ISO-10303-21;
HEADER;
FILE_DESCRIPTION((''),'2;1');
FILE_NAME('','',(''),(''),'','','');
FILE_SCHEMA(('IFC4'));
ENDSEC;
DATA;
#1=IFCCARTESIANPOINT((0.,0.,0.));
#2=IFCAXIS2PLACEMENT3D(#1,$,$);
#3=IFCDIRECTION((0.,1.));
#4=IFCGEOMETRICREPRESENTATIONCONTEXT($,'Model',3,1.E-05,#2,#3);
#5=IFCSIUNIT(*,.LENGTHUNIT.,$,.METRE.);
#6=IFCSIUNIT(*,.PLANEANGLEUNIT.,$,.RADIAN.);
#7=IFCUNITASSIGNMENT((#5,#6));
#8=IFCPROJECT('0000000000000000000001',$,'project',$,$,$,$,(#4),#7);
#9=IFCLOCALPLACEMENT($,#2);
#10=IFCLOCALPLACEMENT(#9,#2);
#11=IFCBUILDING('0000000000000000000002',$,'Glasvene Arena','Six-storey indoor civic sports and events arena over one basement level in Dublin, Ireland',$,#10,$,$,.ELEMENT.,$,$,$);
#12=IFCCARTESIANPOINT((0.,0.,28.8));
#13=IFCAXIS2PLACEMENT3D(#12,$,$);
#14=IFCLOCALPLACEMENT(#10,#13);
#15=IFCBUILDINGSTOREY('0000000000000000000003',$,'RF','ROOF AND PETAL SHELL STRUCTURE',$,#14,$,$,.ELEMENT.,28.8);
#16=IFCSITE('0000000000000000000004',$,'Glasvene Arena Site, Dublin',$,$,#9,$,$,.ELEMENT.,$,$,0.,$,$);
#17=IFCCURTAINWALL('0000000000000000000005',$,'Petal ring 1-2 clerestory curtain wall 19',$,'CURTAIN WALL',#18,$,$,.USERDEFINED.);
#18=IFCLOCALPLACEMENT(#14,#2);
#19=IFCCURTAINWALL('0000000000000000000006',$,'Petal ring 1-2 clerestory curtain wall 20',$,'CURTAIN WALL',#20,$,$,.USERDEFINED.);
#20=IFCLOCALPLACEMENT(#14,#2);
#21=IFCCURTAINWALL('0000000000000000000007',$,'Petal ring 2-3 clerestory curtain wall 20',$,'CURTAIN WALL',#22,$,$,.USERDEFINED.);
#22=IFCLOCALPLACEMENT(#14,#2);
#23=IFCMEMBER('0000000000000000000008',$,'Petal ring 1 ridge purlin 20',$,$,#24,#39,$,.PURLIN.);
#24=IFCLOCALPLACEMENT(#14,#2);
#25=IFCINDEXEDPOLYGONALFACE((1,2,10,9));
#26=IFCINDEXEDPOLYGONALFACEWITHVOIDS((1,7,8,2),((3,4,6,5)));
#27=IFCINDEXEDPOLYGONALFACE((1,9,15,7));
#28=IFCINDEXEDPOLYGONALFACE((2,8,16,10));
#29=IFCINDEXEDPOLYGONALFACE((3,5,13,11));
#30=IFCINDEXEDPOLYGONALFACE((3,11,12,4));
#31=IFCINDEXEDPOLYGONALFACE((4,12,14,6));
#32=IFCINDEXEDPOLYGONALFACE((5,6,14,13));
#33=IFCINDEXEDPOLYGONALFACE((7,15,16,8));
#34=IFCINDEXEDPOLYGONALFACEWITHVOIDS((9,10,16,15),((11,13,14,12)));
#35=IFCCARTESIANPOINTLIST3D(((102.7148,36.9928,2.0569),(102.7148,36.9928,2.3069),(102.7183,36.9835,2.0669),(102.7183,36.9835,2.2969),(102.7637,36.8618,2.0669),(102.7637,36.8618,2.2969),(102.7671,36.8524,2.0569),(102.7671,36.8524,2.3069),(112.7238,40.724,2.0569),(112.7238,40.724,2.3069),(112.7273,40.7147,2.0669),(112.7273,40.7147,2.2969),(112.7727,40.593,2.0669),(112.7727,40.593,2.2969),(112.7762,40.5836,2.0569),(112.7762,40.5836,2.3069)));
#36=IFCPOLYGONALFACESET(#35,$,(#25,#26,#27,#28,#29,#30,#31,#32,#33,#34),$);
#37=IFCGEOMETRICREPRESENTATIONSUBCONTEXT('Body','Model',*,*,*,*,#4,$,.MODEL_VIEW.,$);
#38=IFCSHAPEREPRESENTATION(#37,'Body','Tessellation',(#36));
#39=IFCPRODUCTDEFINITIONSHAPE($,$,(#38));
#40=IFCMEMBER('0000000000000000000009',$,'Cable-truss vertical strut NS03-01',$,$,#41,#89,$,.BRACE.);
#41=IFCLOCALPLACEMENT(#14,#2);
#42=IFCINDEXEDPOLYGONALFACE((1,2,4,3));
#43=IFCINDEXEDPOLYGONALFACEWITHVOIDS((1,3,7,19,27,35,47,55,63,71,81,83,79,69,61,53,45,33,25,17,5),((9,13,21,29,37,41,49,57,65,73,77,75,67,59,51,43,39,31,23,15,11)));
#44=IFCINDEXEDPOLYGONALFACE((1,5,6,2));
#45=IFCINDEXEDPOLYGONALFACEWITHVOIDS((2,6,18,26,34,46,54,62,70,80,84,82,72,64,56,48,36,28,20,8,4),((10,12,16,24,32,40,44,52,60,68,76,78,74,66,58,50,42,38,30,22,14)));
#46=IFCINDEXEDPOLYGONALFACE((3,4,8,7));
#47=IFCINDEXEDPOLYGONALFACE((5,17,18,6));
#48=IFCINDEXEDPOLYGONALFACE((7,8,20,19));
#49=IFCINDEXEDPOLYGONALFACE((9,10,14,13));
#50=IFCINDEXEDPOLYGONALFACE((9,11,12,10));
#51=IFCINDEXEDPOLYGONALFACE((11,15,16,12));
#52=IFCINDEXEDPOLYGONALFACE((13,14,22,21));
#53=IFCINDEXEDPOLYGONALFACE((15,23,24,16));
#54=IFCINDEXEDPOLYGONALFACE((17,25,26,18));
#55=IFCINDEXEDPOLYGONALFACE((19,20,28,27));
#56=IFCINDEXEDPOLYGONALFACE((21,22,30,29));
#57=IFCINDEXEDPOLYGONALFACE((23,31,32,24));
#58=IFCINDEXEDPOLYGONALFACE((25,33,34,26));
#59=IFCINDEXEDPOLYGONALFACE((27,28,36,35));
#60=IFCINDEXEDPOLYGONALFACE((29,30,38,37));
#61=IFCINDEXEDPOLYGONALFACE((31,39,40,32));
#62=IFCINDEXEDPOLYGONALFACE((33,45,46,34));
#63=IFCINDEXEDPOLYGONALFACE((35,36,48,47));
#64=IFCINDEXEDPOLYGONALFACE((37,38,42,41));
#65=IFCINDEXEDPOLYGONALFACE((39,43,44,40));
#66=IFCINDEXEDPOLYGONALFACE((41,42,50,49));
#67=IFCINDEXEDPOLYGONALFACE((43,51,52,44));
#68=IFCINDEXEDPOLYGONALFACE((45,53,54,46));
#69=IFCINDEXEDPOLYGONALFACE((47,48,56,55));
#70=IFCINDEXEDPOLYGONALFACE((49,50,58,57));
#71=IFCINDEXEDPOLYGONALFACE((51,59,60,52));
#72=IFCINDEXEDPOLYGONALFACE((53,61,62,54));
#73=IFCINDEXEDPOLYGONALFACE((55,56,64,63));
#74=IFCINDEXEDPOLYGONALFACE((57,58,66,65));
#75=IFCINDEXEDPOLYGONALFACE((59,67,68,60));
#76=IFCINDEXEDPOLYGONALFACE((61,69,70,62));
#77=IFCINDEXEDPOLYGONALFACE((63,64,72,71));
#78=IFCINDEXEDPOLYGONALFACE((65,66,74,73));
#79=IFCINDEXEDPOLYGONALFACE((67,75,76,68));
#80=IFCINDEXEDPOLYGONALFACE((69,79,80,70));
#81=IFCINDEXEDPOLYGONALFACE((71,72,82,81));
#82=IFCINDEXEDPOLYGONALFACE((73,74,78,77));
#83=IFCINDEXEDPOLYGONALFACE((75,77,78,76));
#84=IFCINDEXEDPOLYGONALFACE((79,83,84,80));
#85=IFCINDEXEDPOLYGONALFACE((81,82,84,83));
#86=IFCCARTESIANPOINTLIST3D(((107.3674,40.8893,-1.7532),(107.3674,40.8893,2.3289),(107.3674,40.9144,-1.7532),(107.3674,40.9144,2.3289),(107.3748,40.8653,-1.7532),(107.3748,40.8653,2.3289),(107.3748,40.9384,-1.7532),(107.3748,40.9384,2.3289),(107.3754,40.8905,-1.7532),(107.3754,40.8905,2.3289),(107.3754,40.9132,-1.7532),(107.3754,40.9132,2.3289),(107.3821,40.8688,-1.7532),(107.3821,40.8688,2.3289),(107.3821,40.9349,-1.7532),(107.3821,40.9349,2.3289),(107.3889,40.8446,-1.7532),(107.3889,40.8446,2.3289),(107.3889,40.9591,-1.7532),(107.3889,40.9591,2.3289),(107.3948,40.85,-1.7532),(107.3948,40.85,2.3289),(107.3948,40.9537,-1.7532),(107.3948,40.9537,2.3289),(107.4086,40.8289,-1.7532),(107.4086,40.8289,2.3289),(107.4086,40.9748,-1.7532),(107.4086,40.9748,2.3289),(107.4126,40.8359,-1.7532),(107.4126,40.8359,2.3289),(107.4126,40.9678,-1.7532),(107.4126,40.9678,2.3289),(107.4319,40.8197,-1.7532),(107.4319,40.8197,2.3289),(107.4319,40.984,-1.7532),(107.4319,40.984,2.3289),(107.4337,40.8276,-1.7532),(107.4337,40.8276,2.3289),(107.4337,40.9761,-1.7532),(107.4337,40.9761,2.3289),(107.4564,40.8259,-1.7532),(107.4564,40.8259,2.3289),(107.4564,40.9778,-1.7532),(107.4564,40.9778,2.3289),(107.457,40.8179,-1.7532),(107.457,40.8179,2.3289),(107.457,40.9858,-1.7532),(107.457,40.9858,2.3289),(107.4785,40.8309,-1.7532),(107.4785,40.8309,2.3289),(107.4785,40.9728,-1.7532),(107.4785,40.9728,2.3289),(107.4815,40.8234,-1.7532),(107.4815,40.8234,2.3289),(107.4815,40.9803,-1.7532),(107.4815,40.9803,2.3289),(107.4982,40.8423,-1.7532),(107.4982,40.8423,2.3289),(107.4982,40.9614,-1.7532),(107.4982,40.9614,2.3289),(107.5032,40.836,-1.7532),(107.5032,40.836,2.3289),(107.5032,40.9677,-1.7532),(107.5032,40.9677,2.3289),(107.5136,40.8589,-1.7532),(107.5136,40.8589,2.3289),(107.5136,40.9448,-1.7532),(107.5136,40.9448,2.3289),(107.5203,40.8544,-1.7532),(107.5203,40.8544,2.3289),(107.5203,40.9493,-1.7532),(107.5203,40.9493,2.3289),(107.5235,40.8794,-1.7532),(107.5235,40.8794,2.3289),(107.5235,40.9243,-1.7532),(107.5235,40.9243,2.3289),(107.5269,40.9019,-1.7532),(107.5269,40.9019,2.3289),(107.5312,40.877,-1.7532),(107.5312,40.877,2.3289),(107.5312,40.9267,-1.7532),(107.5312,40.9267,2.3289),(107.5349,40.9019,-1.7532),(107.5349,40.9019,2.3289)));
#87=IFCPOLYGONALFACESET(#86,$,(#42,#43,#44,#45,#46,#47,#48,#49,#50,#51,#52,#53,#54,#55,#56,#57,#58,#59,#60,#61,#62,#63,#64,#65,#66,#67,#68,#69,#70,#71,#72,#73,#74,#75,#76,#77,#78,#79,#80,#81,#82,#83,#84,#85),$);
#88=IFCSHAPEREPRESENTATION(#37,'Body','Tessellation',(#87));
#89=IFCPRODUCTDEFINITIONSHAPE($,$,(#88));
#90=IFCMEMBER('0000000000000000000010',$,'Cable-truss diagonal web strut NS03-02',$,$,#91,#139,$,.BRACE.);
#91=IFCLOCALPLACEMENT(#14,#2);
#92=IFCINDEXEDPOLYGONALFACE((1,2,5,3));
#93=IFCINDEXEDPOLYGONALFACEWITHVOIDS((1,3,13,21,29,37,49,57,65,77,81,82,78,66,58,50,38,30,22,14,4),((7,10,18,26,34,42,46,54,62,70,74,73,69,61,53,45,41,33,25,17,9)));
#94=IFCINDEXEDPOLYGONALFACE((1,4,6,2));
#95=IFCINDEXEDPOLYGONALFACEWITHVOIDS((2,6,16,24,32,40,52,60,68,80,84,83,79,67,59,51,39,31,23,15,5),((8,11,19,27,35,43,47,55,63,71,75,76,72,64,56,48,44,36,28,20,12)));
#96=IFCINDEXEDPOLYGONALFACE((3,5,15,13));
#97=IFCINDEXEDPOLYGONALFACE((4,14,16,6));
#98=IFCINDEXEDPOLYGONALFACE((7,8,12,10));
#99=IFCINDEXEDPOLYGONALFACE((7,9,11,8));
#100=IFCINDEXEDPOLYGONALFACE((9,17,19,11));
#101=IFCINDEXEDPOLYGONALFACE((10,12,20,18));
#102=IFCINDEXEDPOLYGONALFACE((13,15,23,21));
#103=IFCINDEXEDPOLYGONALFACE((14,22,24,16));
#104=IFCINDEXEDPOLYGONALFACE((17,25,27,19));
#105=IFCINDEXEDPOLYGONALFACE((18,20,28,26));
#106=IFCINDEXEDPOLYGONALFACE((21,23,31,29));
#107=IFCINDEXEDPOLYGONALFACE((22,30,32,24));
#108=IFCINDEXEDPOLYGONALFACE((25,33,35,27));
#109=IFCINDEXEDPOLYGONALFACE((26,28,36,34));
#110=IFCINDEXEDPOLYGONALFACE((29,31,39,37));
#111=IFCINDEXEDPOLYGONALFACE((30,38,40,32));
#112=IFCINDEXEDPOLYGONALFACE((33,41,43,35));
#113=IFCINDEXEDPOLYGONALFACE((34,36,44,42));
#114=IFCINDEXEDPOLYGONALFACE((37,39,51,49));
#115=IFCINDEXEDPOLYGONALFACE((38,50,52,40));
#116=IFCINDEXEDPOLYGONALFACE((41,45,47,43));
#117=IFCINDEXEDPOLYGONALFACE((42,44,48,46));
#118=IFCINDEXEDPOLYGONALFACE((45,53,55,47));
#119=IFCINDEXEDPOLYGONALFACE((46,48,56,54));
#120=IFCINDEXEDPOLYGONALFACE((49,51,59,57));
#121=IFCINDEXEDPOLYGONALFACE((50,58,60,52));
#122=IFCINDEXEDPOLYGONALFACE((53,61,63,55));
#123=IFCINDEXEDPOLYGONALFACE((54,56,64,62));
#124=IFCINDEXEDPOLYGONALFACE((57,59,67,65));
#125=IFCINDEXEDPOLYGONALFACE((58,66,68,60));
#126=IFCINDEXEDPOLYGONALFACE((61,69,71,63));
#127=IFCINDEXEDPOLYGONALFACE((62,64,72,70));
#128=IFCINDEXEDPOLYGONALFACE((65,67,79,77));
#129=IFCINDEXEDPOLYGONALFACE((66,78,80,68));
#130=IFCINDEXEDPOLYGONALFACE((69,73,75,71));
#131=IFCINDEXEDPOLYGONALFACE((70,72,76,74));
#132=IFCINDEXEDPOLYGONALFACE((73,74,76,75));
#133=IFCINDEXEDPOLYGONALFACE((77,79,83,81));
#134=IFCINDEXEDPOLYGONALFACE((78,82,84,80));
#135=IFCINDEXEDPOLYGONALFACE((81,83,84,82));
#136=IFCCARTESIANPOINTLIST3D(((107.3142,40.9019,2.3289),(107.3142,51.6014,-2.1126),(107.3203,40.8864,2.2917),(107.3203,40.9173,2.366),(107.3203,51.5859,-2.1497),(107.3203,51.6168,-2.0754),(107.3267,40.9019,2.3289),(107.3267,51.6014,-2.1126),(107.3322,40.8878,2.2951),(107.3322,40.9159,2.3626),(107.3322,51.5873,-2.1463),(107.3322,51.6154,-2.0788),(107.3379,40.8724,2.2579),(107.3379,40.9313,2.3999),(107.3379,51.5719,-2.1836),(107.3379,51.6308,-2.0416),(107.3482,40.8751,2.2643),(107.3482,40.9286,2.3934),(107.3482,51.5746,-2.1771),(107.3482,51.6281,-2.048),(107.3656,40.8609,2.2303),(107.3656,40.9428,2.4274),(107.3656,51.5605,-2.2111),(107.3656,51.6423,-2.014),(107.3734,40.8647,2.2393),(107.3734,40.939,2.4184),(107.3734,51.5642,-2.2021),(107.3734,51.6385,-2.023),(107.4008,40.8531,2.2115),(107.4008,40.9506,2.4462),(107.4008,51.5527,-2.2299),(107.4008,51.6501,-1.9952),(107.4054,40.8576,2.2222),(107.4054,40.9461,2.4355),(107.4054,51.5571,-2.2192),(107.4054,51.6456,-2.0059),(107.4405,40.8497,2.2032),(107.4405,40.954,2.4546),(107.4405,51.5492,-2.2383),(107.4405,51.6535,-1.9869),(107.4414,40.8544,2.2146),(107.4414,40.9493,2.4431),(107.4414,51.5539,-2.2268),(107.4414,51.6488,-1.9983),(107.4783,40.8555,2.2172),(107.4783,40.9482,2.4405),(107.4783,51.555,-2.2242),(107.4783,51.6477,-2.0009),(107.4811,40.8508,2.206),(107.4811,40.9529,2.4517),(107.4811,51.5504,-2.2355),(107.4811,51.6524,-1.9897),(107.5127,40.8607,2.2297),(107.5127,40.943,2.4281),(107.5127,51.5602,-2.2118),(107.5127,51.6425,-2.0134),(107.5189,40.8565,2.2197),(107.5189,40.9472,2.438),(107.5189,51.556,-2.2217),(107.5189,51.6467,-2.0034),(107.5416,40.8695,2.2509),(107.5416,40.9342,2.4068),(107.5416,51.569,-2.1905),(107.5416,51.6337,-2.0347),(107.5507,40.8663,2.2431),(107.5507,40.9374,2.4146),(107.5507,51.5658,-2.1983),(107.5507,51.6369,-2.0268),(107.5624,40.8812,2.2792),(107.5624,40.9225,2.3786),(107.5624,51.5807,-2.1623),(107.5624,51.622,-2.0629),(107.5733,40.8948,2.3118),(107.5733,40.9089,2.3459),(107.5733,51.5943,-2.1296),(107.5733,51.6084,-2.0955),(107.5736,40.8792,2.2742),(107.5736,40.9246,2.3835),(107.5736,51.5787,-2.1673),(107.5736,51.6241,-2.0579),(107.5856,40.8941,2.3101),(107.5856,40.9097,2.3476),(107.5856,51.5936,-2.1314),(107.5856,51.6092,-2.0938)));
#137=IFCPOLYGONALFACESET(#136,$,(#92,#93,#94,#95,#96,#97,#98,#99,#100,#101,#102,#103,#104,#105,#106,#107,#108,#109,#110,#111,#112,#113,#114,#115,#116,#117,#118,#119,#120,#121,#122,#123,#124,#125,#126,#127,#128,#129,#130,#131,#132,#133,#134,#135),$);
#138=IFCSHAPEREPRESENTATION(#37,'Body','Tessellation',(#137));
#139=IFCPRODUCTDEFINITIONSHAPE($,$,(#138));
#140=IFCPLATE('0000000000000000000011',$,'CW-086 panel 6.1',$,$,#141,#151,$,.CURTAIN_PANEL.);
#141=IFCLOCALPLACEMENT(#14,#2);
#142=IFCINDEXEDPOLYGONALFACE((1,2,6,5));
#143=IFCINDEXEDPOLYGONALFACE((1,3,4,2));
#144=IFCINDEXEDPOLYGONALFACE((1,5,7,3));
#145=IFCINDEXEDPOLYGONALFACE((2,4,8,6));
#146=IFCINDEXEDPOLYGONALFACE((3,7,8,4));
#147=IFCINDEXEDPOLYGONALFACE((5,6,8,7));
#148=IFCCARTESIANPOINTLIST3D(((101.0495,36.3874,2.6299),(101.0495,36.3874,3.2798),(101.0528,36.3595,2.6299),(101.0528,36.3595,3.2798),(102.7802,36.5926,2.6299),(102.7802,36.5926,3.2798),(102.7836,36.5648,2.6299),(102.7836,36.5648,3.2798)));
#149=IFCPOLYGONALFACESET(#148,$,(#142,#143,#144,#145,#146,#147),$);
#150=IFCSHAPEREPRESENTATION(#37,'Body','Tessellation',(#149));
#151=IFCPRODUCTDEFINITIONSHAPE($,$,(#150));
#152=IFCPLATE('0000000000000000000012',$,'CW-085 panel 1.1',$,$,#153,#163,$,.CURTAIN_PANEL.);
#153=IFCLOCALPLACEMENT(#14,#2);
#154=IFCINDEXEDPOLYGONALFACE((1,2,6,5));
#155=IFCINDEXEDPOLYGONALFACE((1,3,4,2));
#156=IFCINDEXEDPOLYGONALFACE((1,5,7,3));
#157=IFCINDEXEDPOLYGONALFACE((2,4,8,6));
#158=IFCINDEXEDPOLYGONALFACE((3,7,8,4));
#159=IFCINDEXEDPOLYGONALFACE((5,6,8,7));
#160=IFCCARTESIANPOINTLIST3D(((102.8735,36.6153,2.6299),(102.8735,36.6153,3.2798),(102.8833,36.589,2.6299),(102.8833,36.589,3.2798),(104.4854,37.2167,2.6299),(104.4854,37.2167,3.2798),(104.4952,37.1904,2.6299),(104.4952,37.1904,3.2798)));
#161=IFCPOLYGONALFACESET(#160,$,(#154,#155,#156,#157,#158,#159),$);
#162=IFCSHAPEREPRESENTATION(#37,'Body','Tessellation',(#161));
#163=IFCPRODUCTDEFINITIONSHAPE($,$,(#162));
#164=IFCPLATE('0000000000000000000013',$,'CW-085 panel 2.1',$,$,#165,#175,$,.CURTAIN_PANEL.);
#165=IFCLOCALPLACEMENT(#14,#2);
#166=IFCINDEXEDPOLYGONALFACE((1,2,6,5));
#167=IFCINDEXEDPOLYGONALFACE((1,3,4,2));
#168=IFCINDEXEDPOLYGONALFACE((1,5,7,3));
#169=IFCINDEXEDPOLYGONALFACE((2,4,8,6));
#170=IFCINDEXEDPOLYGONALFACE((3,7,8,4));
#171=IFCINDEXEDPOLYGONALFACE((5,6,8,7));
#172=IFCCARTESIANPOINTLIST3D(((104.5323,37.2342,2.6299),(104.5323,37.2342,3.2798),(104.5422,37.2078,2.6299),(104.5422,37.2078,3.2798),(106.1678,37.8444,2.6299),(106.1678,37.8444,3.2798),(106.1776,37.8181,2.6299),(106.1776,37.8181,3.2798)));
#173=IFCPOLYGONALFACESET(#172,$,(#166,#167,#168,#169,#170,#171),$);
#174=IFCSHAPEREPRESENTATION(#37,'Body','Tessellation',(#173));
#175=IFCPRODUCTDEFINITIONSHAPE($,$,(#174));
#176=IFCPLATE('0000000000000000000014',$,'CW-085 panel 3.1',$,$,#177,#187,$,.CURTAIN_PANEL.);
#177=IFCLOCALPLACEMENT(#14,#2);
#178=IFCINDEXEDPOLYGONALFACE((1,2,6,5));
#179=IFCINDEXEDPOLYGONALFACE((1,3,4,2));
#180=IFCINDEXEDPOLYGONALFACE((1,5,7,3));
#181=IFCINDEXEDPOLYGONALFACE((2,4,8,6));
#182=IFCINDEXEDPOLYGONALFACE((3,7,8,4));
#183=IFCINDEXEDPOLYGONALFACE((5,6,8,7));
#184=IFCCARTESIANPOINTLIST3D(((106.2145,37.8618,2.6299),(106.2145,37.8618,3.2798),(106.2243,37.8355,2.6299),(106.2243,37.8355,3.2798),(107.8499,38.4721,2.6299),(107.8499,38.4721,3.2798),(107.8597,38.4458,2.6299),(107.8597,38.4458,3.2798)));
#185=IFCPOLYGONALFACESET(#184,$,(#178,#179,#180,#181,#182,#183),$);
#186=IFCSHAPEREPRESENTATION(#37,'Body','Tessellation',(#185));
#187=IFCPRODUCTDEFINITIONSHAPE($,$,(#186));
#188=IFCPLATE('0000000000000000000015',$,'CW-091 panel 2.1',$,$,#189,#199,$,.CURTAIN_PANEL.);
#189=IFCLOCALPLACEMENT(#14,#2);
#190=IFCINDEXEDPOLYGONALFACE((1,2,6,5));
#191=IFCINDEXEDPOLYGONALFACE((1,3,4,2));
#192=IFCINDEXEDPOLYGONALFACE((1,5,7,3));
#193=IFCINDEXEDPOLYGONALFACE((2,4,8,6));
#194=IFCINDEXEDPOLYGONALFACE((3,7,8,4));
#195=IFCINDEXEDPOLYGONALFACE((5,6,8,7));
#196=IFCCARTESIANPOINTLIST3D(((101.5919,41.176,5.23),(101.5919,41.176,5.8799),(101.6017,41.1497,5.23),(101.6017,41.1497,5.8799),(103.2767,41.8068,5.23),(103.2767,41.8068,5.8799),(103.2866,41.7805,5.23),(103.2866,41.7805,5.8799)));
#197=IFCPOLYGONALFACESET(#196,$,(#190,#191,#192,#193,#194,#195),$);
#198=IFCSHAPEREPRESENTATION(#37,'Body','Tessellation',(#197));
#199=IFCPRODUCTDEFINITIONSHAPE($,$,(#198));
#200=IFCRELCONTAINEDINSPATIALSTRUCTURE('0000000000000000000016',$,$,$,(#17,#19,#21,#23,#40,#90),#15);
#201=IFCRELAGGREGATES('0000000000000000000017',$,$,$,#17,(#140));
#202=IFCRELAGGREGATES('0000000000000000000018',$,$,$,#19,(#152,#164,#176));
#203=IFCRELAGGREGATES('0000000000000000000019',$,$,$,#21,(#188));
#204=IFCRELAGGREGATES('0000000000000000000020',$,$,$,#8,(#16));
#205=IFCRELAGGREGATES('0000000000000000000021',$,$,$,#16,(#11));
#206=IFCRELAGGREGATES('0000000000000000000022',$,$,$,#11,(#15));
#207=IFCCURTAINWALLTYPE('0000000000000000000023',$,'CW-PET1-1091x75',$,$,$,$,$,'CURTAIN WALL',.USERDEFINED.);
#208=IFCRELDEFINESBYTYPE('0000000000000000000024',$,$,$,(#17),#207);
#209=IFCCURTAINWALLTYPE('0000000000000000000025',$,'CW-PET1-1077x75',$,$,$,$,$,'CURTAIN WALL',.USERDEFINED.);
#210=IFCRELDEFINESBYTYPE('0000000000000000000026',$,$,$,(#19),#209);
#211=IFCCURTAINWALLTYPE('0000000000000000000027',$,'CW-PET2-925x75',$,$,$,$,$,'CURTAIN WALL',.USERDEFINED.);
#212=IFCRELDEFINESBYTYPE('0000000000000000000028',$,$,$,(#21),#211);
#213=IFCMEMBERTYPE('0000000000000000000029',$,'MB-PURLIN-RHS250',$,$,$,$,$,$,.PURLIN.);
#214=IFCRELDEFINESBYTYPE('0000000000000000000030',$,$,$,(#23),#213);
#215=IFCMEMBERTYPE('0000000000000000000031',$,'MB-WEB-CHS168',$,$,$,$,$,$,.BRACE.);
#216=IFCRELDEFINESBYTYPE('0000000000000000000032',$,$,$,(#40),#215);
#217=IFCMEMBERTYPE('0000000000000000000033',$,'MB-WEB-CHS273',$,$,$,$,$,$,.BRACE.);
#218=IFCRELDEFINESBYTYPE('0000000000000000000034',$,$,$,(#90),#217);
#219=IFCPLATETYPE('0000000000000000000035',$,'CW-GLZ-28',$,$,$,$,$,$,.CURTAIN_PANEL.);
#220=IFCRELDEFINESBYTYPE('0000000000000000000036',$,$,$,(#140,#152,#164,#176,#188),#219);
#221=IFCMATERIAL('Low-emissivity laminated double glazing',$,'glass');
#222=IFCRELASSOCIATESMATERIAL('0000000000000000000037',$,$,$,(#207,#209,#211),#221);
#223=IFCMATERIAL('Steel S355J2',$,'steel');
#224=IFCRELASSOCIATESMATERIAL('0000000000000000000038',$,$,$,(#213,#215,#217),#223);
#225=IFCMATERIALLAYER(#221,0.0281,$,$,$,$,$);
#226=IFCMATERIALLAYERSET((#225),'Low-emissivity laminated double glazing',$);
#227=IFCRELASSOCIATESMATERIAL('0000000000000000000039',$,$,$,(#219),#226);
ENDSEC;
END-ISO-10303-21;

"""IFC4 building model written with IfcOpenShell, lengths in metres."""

from ifc_helpers import new_model, si_unit, direction, frame, origin, origin_2d, place, context, subcontext, project, spatial, rectangle, hollow_rectangle, hollow_circle, extrude, material, layer, layer_set, material_profile, profile_set, type_object, element, aggregate, save


model = new_model("IFC4")

# Units and contexts
model_context = context("Model", 3, precision=1e-05, world=origin(), true_north=direction((0.0, 1.0)))
body_context = subcontext(model_context, "Body", "Model", "MODEL_VIEW")
ifc_project = project(units=[si_unit("LENGTHUNIT", "METRE"), si_unit("PLANEANGLEUNIT", "RADIAN")], contexts=[model_context])

# Site, building, storey
site_placement = place(None, origin())
site = spatial("IfcSite", under=ifc_project, at=site_placement, Name="Glasvene Arena Site, Dublin", CompositionType="ELEMENT", RefElevation=0.0)
building_placement = place(site_placement, origin())
building = spatial("IfcBuilding", under=site, at=building_placement, Name="Glasvene Arena", Description="Six-storey indoor civic sports and events arena over one basement level in Dublin, Ireland", CompositionType="ELEMENT")
storey_placement = place(building_placement, frame((0.0, 0.0, 28.8)))
storey = spatial("IfcBuildingStorey", under=building, at=storey_placement, Name="RF", Description="ROOF AND PETAL SHELL STRUCTURE", CompositionType="ELEMENT", Elevation=28.8)

# Curtain wall
ifc_material_1 = material(Name="Low-emissivity laminated double glazing", Category="glass")
curtain_wall_type_1 = type_object("IfcCurtainWallType", Name="CW-PET1-1091x75", ElementType="CURTAIN WALL", PredefinedType="USERDEFINED", material=ifc_material_1)
curtain_wall_1_placement = place(storey_placement, frame((92.0, 35.3, 0.0)))
curtain_wall_1 = element("IfcCurtainWall", 1, at=curtain_wall_1_placement, inside=storey, type_object=curtain_wall_type_1, Name="Petal ring 1-2 clerestory curtain wall 19", ObjectType="CURTAIN WALL", PredefinedType="USERDEFINED")

# Curtain walls
curtain_wall_type_2 = type_object("IfcCurtainWallType", Name="CW-PET1-1077x75", ElementType="CURTAIN WALL", PredefinedType="USERDEFINED", material=ifc_material_1)
curtain_wall_2_placement = place(storey_placement, frame((102.8315, 36.5847, 0.0)))
curtain_wall_2 = element("IfcCurtainWall", 2, at=curtain_wall_2_placement, inside=storey, type_object=curtain_wall_type_2, Name="Petal ring 1-2 clerestory curtain wall 20", ObjectType="CURTAIN WALL", PredefinedType="USERDEFINED")
curtain_wall_type_3 = type_object("IfcCurtainWallType", Name="CW-PET2-925x75", ElementType="CURTAIN WALL", PredefinedType="USERDEFINED", material=ifc_material_1)
curtain_wall_3_placement = place(storey_placement, frame((99.8416, 40.5056, 0.0)))
curtain_wall_3 = element("IfcCurtainWall", 3, at=curtain_wall_3_placement, inside=storey, type_object=curtain_wall_type_3, Name="Petal ring 2-3 clerestory curtain wall 20", ObjectType="CURTAIN WALL", PredefinedType="USERDEFINED")

# Members
ifc_material_2 = material(Name="Steel S355J2", Category="steel")
ifc_material_profile_1 = material_profile(ifc_material_2, hollow_rectangle(XDim=0.1499, YDim=0.25, WallThickness=0.01, at=origin_2d()), Name="RHS 250x150x10.0")
ifc_profile_set_1 = profile_set([ifc_material_profile_1], Name="Steel S355J2")
member_type_1 = type_object("IfcMemberType", Name="MB-PURLIN-RHS250", PredefinedType="PURLIN", material=ifc_profile_set_1)
member_1_placement = place(storey_placement, frame((102.741, 36.9226, 2.1819), z_axis=(0.93701, 0.349302, 0.0), x_axis=(-0.349302, 0.93701, 0.0)))
element("IfcMember", 4, at=member_1_placement, inside=storey, type_object=member_type_1, Name="Petal ring 1 ridge purlin 20", PredefinedType="PURLIN", context=body_context, shape_type="SweptSolid", body=[
    extrude(hollow_rectangle(XDim=0.1499, YDim=0.25, WallThickness=0.01, at=origin_2d()), origin(), (0.0, 0.0, 1.0), 10.6819),
])
ifc_material_profile_2 = material_profile(ifc_material_2, hollow_circle(Radius=0.0842, WallThickness=0.0081, at=origin_2d()), Name="CHS 168.3x8.0")
ifc_profile_set_2 = profile_set([ifc_material_profile_2], Name="Steel S355J2")
member_type_2 = type_object("IfcMemberType", Name="MB-WEB-CHS168", PredefinedType="BRACE", material=ifc_profile_set_2)
member_2_placement = place(storey_placement, frame((107.4507, 40.9019, -1.7532), z_axis=(0.0, 0.0, 1.0), x_axis=(1.0, 0.0, 0.0)))
element("IfcMember", 5, at=member_2_placement, inside=storey, type_object=member_type_2, Name="Cable-truss vertical strut NS03-01", PredefinedType="BRACE", context=body_context, shape_type="SweptSolid", body=[
    extrude(hollow_circle(Radius=0.0842, WallThickness=0.0081, at=origin_2d()), origin(), (0.0, 0.0, 1.0), 4.082),
])
ifc_material_profile_3 = material_profile(ifc_material_2, hollow_circle(Radius=0.1365, WallThickness=0.0125, at=origin_2d()), Name="CHS 273.0x12.5")
ifc_profile_set_3 = profile_set([ifc_material_profile_3], Name="Steel S355J2")
member_type_3 = type_object("IfcMemberType", Name="MB-WEB-CHS273", PredefinedType="BRACE", material=ifc_profile_set_3)
member_3_placement = place(storey_placement, frame((107.4507, 40.9019, 2.3289), z_axis=(0.0, 0.923588, -0.383386), x_axis=(-1.0, 0.0, 0.0)))
element("IfcMember", 6, at=member_3_placement, inside=storey, type_object=member_type_3, Name="Cable-truss diagonal web strut NS03-02", PredefinedType="BRACE", context=body_context, shape_type="SweptSolid", body=[
    extrude(hollow_circle(Radius=0.1365, WallThickness=0.0125, at=origin_2d()), origin(), (0.0, 0.0, 1.0), 11.5847),
])

# Plates
ifc_layer_1 = layer(ifc_material_1, 0.0281)
ifc_layer_set_1 = layer_set([ifc_layer_1], Name="Low-emissivity laminated double glazing")
plate_type = type_object("IfcPlateType", Name="CW-GLZ-28", PredefinedType="CURTAIN_PANEL", material=ifc_layer_set_1)
plate_1_placement = place(storey_placement, frame((101.9165, 36.4761, 2.6299), z_axis=(0.0, 0.0, 1.0), x_axis=(0.993041, 0.117772, 0.0)))
plate_1 = element("IfcPlate", 7, at=plate_1_placement, type_object=plate_type, Name="CW-086 panel 6.1", PredefinedType="CURTAIN_PANEL", context=body_context, shape_type="SweptSolid", body=[
    extrude(rectangle(XDim=1.7429, YDim=0.0281, at=origin_2d()), origin(), (0.0, 0.0, 1.0), 0.6499),
])
aggregate(curtain_wall_1, [plate_1])
plate_2_placement = place(storey_placement, frame((103.6843, 36.9028, 2.6299), z_axis=(0.0, 0.0, 1.0), x_axis=(0.936902, 0.349591, 0.0)))
plate_2 = element("IfcPlate", 8, at=plate_2_placement, type_object=plate_type, Name="CW-085 panel 1.1", PredefinedType="CURTAIN_PANEL", context=body_context, shape_type="SweptSolid", body=[
    extrude(rectangle(XDim=1.7205, YDim=0.0281, at=origin_2d()), origin(), (0.0, 0.0, 1.0), 0.6499),
])
plate_3_placement = place(storey_placement, frame((105.355, 37.5261, 2.6299), z_axis=(0.0, 0.0, 1.0), x_axis=(0.936902, 0.349591, 0.0)))
plate_3 = element("IfcPlate", 9, at=plate_3_placement, type_object=plate_type, Name="CW-085 panel 2.1", PredefinedType="CURTAIN_PANEL", context=body_context, shape_type="SweptSolid", body=[
    extrude(rectangle(XDim=1.7456, YDim=0.0281, at=origin_2d()), origin(), (0.0, 0.0, 1.0), 0.6499),
])
plate_4_placement = place(storey_placement, frame((107.0371, 38.1538, 2.6299), z_axis=(0.0, 0.0, 1.0), x_axis=(0.936902, 0.349591, 0.0)))
plate_4 = element("IfcPlate", 10, at=plate_4_placement, type_object=plate_type, Name="CW-085 panel 3.1", PredefinedType="CURTAIN_PANEL", context=body_context, shape_type="SweptSolid", body=[
    extrude(rectangle(XDim=1.7456, YDim=0.0281, at=origin_2d()), origin(), (0.0, 0.0, 1.0), 0.6499),
])
aggregate(curtain_wall_2, [plate_2, plate_3, plate_4])
plate_5_placement = place(storey_placement, frame((102.4392, 41.4783, 5.23), z_axis=(0.0, 0.0, 1.0), x_axis=(0.93651, 0.35064, 0.0)))
plate_5 = element("IfcPlate", 11, at=plate_5_placement, type_object=plate_type, Name="CW-091 panel 2.1", PredefinedType="CURTAIN_PANEL", context=body_context, shape_type="SweptSolid", body=[
    extrude(rectangle(XDim=1.7991, YDim=0.0281, at=origin_2d()), origin(), (0.0, 0.0, 1.0), 0.6499),
])
aggregate(curtain_wall_3, [plate_5])

save(model, "model.ifc")
